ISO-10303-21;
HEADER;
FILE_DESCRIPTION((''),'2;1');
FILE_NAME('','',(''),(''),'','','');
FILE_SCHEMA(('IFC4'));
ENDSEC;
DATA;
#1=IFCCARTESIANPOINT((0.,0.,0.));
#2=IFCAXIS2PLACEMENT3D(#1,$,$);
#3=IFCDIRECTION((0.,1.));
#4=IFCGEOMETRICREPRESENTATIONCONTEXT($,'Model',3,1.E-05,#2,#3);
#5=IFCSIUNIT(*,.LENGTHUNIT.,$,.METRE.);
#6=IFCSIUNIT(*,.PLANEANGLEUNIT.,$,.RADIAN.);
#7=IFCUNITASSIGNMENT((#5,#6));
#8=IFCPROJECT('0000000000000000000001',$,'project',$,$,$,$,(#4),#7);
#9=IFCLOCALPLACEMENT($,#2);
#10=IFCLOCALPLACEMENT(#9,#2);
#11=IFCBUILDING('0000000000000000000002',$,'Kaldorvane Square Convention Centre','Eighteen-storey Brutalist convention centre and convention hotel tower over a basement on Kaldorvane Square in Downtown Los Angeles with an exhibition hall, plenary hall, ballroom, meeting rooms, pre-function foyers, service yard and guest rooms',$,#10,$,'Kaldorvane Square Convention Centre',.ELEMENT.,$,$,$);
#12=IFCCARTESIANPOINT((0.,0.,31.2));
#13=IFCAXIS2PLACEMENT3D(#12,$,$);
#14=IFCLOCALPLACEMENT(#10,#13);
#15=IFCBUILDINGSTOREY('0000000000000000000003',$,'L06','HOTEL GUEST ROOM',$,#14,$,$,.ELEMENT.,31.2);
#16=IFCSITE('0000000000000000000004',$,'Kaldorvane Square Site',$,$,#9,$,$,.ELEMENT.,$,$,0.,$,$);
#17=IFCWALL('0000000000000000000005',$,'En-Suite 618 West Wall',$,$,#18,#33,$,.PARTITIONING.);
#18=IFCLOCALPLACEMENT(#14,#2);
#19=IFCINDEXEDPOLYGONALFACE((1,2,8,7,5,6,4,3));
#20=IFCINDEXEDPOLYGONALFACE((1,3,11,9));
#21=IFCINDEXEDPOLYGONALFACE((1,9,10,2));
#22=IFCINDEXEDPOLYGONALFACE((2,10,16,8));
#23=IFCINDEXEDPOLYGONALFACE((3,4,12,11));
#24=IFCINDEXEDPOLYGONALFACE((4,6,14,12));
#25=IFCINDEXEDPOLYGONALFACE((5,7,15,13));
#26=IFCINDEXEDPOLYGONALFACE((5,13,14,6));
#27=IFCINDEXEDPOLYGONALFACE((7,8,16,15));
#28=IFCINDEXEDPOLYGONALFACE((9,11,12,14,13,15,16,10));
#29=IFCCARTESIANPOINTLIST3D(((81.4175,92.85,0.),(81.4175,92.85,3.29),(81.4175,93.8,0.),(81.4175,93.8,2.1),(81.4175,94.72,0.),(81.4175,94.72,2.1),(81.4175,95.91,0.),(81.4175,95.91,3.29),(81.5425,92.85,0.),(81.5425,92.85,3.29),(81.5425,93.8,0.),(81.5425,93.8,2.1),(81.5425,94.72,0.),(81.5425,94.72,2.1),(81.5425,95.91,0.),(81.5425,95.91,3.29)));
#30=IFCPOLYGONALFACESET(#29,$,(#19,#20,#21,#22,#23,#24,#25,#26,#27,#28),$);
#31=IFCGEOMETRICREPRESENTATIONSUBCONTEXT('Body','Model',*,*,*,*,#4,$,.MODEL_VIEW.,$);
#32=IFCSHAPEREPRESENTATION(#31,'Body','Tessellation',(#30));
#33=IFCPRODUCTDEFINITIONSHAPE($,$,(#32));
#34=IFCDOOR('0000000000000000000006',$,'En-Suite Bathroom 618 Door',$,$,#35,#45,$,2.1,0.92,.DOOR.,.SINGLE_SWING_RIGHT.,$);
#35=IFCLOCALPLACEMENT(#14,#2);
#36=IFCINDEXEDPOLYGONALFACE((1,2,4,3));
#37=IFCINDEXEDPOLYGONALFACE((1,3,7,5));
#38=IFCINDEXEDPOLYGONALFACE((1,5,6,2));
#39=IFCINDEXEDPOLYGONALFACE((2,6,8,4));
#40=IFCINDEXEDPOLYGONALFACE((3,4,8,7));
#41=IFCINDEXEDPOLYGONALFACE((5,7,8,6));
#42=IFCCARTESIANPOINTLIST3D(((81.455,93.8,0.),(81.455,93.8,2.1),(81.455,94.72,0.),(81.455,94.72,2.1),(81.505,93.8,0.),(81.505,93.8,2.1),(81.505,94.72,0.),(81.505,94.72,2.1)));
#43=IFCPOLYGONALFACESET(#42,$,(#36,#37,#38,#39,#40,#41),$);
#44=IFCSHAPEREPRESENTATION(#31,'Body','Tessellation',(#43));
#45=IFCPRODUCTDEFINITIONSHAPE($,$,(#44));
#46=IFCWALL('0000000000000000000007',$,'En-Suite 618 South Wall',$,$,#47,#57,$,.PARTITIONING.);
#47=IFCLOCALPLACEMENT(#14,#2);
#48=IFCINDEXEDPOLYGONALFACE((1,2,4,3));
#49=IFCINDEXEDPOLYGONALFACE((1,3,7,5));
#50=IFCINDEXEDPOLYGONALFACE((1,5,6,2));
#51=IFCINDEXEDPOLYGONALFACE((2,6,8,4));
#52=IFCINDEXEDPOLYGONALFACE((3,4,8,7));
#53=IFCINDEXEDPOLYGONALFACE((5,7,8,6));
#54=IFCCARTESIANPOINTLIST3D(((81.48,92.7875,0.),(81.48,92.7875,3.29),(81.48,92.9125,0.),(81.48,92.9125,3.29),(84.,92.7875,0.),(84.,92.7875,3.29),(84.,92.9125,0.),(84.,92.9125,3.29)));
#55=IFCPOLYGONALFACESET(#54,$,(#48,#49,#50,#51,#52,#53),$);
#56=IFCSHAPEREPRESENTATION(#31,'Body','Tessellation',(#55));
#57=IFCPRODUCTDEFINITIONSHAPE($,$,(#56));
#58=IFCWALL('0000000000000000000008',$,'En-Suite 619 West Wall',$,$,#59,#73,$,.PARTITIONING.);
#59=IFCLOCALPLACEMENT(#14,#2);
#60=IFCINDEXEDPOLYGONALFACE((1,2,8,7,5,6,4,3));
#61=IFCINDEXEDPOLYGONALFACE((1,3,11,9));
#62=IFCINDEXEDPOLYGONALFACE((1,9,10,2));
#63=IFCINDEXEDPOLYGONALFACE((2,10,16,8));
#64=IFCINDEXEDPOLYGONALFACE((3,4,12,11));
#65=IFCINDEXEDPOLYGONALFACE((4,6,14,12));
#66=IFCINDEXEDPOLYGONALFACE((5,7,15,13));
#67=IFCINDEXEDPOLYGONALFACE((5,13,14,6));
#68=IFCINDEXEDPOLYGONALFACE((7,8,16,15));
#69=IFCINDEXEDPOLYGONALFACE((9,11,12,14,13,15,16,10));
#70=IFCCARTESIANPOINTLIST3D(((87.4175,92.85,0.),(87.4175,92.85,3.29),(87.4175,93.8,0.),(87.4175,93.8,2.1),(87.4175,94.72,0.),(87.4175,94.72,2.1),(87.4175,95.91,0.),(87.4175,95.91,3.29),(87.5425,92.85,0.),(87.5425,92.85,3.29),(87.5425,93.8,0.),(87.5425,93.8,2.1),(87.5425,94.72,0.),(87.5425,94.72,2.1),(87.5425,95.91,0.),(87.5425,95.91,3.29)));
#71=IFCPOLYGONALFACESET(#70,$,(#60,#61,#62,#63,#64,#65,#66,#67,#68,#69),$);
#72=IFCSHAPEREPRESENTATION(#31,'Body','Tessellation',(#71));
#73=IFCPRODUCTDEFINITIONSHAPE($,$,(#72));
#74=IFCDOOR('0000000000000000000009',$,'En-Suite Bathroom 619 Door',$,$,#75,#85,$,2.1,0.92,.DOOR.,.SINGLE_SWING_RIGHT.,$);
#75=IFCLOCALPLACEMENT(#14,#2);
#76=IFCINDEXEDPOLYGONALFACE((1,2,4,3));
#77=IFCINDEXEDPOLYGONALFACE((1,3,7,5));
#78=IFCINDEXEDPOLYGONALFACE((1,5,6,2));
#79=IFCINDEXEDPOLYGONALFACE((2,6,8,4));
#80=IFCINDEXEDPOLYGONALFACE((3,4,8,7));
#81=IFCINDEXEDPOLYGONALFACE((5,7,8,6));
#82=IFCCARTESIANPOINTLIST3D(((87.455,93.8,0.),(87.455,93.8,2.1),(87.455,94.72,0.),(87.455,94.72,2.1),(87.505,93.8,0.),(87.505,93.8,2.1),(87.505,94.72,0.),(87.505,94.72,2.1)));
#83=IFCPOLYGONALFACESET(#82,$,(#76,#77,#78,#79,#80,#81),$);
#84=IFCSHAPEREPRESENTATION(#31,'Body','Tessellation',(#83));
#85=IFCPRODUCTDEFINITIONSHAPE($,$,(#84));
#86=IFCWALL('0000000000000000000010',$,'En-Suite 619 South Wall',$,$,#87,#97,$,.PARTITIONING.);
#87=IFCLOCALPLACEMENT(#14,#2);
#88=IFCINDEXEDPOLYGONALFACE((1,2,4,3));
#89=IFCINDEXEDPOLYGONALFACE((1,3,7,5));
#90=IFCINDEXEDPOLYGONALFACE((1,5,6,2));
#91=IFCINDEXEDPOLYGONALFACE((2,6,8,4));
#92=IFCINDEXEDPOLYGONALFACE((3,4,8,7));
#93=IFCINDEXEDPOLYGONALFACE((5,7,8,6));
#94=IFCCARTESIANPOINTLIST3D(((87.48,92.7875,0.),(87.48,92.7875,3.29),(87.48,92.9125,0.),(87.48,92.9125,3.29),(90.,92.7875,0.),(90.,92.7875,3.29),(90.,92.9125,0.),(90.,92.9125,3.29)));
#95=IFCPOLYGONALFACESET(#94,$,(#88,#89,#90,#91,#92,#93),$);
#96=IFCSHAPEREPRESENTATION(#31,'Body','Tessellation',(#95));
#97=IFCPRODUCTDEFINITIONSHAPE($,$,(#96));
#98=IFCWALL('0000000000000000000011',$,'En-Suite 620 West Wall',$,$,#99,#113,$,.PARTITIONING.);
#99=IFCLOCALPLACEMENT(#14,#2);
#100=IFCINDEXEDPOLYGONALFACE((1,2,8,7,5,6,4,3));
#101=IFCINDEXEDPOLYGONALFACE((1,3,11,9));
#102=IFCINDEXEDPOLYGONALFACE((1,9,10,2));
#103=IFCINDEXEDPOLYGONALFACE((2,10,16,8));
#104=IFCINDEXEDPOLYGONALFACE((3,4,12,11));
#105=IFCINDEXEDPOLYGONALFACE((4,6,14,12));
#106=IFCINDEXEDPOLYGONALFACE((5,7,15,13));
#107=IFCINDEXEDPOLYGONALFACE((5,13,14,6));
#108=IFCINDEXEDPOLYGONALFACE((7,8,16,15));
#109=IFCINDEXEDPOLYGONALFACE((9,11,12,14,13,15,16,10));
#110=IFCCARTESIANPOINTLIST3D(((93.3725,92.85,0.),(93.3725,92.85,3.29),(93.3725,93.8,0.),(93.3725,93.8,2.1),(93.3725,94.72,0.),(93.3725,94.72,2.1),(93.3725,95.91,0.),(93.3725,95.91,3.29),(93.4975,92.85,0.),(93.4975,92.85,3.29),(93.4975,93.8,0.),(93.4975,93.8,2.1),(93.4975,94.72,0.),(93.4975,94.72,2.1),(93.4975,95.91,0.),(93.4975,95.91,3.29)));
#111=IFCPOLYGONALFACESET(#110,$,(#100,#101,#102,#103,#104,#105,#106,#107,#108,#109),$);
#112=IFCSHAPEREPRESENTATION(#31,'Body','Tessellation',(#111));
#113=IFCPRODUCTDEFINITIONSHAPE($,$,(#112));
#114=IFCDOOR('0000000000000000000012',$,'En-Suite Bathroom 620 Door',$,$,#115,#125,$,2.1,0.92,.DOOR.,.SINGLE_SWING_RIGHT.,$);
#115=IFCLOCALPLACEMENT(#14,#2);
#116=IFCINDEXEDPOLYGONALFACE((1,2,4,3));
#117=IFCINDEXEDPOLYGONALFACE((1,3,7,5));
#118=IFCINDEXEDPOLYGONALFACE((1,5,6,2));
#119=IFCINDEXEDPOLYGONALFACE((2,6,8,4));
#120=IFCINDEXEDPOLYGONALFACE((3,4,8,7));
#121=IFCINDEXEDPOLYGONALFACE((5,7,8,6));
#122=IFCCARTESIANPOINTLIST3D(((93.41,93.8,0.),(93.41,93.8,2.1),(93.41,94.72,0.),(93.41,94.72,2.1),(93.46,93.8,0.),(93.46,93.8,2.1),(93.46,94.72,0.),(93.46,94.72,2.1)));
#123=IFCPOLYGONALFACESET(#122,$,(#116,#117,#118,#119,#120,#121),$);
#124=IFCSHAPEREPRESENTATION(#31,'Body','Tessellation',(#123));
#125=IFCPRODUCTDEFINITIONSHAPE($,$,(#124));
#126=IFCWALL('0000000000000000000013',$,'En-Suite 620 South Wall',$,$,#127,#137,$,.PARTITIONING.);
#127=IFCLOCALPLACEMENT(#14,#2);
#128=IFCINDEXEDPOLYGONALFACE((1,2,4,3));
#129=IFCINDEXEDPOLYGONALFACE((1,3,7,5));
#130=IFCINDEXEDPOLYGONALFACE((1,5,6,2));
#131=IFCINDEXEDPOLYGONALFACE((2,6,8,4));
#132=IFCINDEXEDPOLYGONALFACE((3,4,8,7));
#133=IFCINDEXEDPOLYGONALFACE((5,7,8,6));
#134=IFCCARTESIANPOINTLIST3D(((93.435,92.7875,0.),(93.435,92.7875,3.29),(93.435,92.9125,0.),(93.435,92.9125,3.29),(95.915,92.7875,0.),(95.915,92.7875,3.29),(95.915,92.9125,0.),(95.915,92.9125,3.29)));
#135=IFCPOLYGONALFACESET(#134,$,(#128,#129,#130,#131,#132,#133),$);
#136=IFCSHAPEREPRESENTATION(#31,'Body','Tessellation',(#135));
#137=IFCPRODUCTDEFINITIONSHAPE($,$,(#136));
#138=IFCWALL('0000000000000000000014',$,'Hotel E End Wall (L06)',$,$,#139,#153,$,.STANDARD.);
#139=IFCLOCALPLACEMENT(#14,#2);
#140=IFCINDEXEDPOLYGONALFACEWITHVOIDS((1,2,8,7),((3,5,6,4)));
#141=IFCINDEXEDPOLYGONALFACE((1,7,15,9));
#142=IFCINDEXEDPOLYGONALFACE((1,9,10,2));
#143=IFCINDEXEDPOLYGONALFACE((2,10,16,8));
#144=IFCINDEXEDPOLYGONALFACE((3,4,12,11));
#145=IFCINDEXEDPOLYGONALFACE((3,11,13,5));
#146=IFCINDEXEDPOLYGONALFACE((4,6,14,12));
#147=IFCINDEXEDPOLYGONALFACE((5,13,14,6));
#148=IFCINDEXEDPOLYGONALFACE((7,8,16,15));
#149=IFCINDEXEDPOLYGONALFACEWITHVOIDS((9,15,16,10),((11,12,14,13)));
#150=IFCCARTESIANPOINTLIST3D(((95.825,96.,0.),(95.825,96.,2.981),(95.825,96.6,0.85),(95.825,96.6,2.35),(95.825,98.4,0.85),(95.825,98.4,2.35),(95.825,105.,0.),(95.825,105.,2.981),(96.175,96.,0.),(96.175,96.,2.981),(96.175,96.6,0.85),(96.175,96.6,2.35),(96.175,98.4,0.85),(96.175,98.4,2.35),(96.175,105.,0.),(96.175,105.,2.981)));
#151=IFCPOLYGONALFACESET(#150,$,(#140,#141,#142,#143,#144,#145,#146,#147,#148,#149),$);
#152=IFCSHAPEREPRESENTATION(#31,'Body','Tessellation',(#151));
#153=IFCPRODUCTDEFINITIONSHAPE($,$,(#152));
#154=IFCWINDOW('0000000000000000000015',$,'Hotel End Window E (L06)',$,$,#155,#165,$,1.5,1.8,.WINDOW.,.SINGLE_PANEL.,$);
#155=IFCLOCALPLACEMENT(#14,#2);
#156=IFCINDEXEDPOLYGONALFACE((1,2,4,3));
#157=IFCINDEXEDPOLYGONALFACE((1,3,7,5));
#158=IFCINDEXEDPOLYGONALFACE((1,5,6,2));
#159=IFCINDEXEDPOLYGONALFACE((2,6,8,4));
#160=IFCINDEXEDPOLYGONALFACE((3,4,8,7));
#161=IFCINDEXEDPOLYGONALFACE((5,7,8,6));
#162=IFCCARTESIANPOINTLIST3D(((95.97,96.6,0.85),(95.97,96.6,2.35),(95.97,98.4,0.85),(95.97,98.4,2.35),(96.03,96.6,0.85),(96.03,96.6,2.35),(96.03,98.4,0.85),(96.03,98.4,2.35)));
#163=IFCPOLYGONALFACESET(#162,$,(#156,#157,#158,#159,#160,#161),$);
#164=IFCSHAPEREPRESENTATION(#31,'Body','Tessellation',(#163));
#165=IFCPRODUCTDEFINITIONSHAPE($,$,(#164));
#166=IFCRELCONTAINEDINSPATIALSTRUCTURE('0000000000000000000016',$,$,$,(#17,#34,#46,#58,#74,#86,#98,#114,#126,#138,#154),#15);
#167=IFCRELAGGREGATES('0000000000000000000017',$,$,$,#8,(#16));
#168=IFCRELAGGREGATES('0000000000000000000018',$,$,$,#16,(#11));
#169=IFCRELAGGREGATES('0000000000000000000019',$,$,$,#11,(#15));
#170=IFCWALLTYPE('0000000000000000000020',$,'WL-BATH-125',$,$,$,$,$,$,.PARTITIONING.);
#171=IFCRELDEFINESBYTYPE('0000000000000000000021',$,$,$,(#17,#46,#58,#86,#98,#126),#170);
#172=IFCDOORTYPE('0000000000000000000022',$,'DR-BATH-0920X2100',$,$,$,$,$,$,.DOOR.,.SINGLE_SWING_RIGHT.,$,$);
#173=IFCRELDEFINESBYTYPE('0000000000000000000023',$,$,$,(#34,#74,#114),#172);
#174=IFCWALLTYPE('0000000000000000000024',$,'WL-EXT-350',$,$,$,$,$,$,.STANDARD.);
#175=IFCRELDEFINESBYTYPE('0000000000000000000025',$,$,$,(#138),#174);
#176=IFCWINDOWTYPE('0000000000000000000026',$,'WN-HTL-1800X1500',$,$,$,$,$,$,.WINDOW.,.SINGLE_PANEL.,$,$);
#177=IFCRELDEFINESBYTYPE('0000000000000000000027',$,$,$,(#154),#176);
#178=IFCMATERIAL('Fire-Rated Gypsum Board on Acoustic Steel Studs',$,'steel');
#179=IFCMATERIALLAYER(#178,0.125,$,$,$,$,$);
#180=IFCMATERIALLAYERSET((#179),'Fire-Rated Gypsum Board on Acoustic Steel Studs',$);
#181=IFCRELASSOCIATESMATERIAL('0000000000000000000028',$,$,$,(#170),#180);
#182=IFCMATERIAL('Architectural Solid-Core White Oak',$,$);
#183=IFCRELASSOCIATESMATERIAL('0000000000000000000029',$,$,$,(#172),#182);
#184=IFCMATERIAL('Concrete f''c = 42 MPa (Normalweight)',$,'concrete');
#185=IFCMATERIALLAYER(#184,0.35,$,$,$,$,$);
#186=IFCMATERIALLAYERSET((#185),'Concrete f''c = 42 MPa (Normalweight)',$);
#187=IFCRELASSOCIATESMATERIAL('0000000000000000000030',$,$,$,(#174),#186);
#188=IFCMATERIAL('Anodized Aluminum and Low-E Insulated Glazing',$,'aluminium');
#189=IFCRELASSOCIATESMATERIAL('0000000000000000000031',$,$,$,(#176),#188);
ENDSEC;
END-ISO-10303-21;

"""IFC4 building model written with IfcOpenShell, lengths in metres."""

from ifc_helpers import new_model, si_unit, direction, frame, frame_2d, origin, place, context, subcontext, project, spatial, rectangle, extrude, material, layer, layer_set, type_object, element, fill, save


model = new_model("IFC4")

# Units and contexts
model_context = context("Model", 3, precision=1e-05, world=origin(), true_north=direction((0.0, 1.0)))
body_context = subcontext(model_context, "Body", "Model", "MODEL_VIEW")
ifc_project = project(units=[si_unit("LENGTHUNIT", "METRE"), si_unit("PLANEANGLEUNIT", "RADIAN")], contexts=[model_context])

# Site, building, storey
site_placement = place(None, origin())
site = spatial("IfcSite", under=ifc_project, at=site_placement, Name="Kaldorvane Square Site", CompositionType="ELEMENT", RefElevation=0.0)
building_placement = place(site_placement, origin())
building = spatial("IfcBuilding", under=site, at=building_placement, Name="Kaldorvane Square Convention Centre", Description="Eighteen-storey Brutalist convention centre and convention hotel tower over a basement on Kaldorvane Square in Downtown Los Angeles with an exhibition hall, plenary hall, ballroom, meeting rooms, pre-function foyers, service yard and guest rooms", LongName="Kaldorvane Square Convention Centre", CompositionType="ELEMENT")
storey_placement = place(building_placement, frame((0.0, 0.0, 31.2)))
storey = spatial("IfcBuildingStorey", under=building, at=storey_placement, Name="L06", Description="HOTEL GUEST ROOM", CompositionType="ELEMENT", Elevation=31.2)

# Shared definitions
ifc_material_1 = material(Name="Anodized Aluminum and Low-E Insulated Glazing", Category="aluminium")

# Wall, opening, door
ifc_material_2 = material(Name="Fire-Rated Gypsum Board on Acoustic Steel Studs", Category="steel")
ifc_layer_1 = layer(ifc_material_2, 0.125)
ifc_layer_set_1 = layer_set([ifc_layer_1], Name="Fire-Rated Gypsum Board on Acoustic Steel Studs")
wall_type_1 = type_object("IfcWallType", Name="WL-BATH-125", PredefinedType="PARTITIONING", material=ifc_layer_set_1)
wall_1_placement = place(storey_placement, frame((81.48, 92.85, 0.0), z_axis=(0.0, 0.0, 1.0), x_axis=(0.0, 1.0, 0.0)))
wall_1 = element("IfcWall", 1, at=wall_1_placement, inside=storey, type_object=wall_type_1, Name="En-Suite 618 West Wall", PredefinedType="PARTITIONING", context=body_context, shape_type="SweptSolid", body=[
    extrude(rectangle(XDim=3.06, YDim=0.125, at=frame_2d((1.53, 0.0))), origin(), (0.0, 0.0, 1.0), 3.29),
])
opening_1_placement = place(wall_1_placement, frame((0.95, 0.0, 0.0)))
opening_1 = element("IfcOpeningElement", 2, at=opening_1_placement, cuts=wall_1, PredefinedType="OPENING", context=body_context, shape_type="SweptSolid", body=[
    extrude(rectangle(XDim=0.92, YDim=2.1, at=frame_2d((0.46, 1.05))), frame((0.0, 0.0775, 0.0), z_axis=(0.0, -1.0, 0.0), x_axis=(1.0, 0.0, 0.0)), (0.0, 0.0, 1.0), 0.155),
])
ifc_material_3 = material(Name="Architectural Solid-Core White Oak")
door_type_1 = type_object("IfcDoorType", Name="DR-BATH-0920X2100", OperationType="SINGLE_SWING_RIGHT", PredefinedType="DOOR", material=ifc_material_3)
door_1_placement = place(opening_1_placement, origin())
door_1 = element("IfcDoor", 3, at=door_1_placement, inside=storey, type_object=door_type_1, Name="En-Suite Bathroom 618 Door", OperationType="SINGLE_SWING_RIGHT", OverallHeight=2.1, OverallWidth=0.92, PredefinedType="DOOR", context=body_context, shape_type="SweptSolid", body=[
    extrude(rectangle(XDim=0.92, YDim=2.1, at=frame_2d((0.46, 1.05))), frame((0.0, 0.025, 0.0), z_axis=(0.0, -1.0, 0.0), x_axis=(1.0, 0.0, 0.0)), (0.0, 0.0, 1.0), 0.05),
])
fill(opening_1, door_1)

# Wall
wall_2_placement = place(storey_placement, frame((81.48, 92.85, 0.0), z_axis=(0.0, 0.0, 1.0), x_axis=(1.0, 0.0, 0.0)))
element("IfcWall", 4, at=wall_2_placement, inside=storey, type_object=wall_type_1, Name="En-Suite 618 South Wall", PredefinedType="PARTITIONING", context=body_context, shape_type="SweptSolid", body=[
    extrude(rectangle(XDim=2.52, YDim=0.125, at=frame_2d((1.26, 0.0))), origin(), (0.0, 0.0, 1.0), 3.29),
])

# Wall, opening, door
wall_3_placement = place(storey_placement, frame((87.48, 92.85, 0.0), z_axis=(0.0, 0.0, 1.0), x_axis=(0.0, 1.0, 0.0)))
wall_3 = element("IfcWall", 5, at=wall_3_placement, inside=storey, type_object=wall_type_1, Name="En-Suite 619 West Wall", PredefinedType="PARTITIONING", context=body_context, shape_type="SweptSolid", body=[
    extrude(rectangle(XDim=3.06, YDim=0.125, at=frame_2d((1.53, 0.0))), origin(), (0.0, 0.0, 1.0), 3.29),
])
opening_2_placement = place(wall_3_placement, frame((0.95, 0.0, 0.0)))
opening_2 = element("IfcOpeningElement", 6, at=opening_2_placement, cuts=wall_3, PredefinedType="OPENING", context=body_context, shape_type="SweptSolid", body=[
    extrude(rectangle(XDim=0.92, YDim=2.1, at=frame_2d((0.46, 1.05))), frame((0.0, 0.0775, 0.0), z_axis=(0.0, -1.0, 0.0), x_axis=(1.0, 0.0, 0.0)), (0.0, 0.0, 1.0), 0.155),
])
door_2_placement = place(opening_2_placement, origin())
door_2 = element("IfcDoor", 7, at=door_2_placement, inside=storey, type_object=door_type_1, Name="En-Suite Bathroom 619 Door", OperationType="SINGLE_SWING_RIGHT", OverallHeight=2.1, OverallWidth=0.92, PredefinedType="DOOR", context=body_context, shape_type="SweptSolid", body=[
    extrude(rectangle(XDim=0.92, YDim=2.1, at=frame_2d((0.46, 1.05))), frame((0.0, 0.025, 0.0), z_axis=(0.0, -1.0, 0.0), x_axis=(1.0, 0.0, 0.0)), (0.0, 0.0, 1.0), 0.05),
])
fill(opening_2, door_2)

# Wall
wall_4_placement = place(storey_placement, frame((87.48, 92.85, 0.0), z_axis=(0.0, 0.0, 1.0), x_axis=(1.0, 0.0, 0.0)))
element("IfcWall", 8, at=wall_4_placement, inside=storey, type_object=wall_type_1, Name="En-Suite 619 South Wall", PredefinedType="PARTITIONING", context=body_context, shape_type="SweptSolid", body=[
    extrude(rectangle(XDim=2.52, YDim=0.125, at=frame_2d((1.26, 0.0))), origin(), (0.0, 0.0, 1.0), 3.29),
])

# Wall, opening, door
wall_5_placement = place(storey_placement, frame((93.435, 92.85, 0.0), z_axis=(0.0, 0.0, 1.0), x_axis=(0.0, 1.0, 0.0)))
wall_5 = element("IfcWall", 9, at=wall_5_placement, inside=storey, type_object=wall_type_1, Name="En-Suite 620 West Wall", PredefinedType="PARTITIONING", context=body_context, shape_type="SweptSolid", body=[
    extrude(rectangle(XDim=3.06, YDim=0.125, at=frame_2d((1.53, 0.0))), origin(), (0.0, 0.0, 1.0), 3.29),
])
opening_3_placement = place(wall_5_placement, frame((0.95, 0.0, 0.0)))
opening_3 = element("IfcOpeningElement", 10, at=opening_3_placement, cuts=wall_5, PredefinedType="OPENING", context=body_context, shape_type="SweptSolid", body=[
    extrude(rectangle(XDim=0.92, YDim=2.1, at=frame_2d((0.46, 1.05))), frame((0.0, 0.0775, 0.0), z_axis=(0.0, -1.0, 0.0), x_axis=(1.0, 0.0, 0.0)), (0.0, 0.0, 1.0), 0.155),
])
door_3_placement = place(opening_3_placement, origin())
door_3 = element("IfcDoor", 11, at=door_3_placement, inside=storey, type_object=door_type_1, Name="En-Suite Bathroom 620 Door", OperationType="SINGLE_SWING_RIGHT", OverallHeight=2.1, OverallWidth=0.92, PredefinedType="DOOR", context=body_context, shape_type="SweptSolid", body=[
    extrude(rectangle(XDim=0.92, YDim=2.1, at=frame_2d((0.46, 1.05))), frame((0.0, 0.025, 0.0), z_axis=(0.0, -1.0, 0.0), x_axis=(1.0, 0.0, 0.0)), (0.0, 0.0, 1.0), 0.05),
])
fill(opening_3, door_3)

# Wall
wall_6_placement = place(storey_placement, frame((93.435, 92.85, 0.0), z_axis=(0.0, 0.0, 1.0), x_axis=(1.0, 0.0, 0.0)))
element("IfcWall", 12, at=wall_6_placement, inside=storey, type_object=wall_type_1, Name="En-Suite 620 South Wall", PredefinedType="PARTITIONING", context=body_context, shape_type="SweptSolid", body=[
    extrude(rectangle(XDim=2.48, YDim=0.125, at=frame_2d((1.24, 0.0))), origin(), (0.0, 0.0, 1.0), 3.29),
])

# Wall, opening, window
ifc_material_4 = material(Name="Concrete f'c = 42 MPa (Normalweight)", Category="concrete")
ifc_layer_2 = layer(ifc_material_4, 0.35)
ifc_layer_set_2 = layer_set([ifc_layer_2], Name="Concrete f'c = 42 MPa (Normalweight)")
wall_type_2 = type_object("IfcWallType", Name="WL-EXT-350", PredefinedType="STANDARD", material=ifc_layer_set_2)
wall_7_placement = place(storey_placement, frame((96.0, 96.0, 0.0), z_axis=(0.0, 0.0, 1.0), x_axis=(0.0, 1.0, 0.0)))
wall_7 = element("IfcWall", 13, at=wall_7_placement, inside=storey, type_object=wall_type_2, Name="Hotel E End Wall (L06)", PredefinedType="STANDARD", context=body_context, shape_type="SweptSolid", body=[
    extrude(rectangle(XDim=9.0, YDim=0.35, at=frame_2d((4.5, 0.0))), origin(), (0.0, 0.0, 1.0), 2.981),
])
opening_4_placement = place(wall_7_placement, frame((0.6, 0.0, 0.85)))
opening_4 = element("IfcOpeningElement", 14, at=opening_4_placement, cuts=wall_7, PredefinedType="OPENING", context=body_context, shape_type="SweptSolid", body=[
    extrude(rectangle(XDim=1.8, YDim=1.5, at=frame_2d((0.9, 0.75))), frame((0.0, 0.19, 0.0), z_axis=(0.0, -1.0, 0.0), x_axis=(1.0, 0.0, 0.0)), (0.0, 0.0, 1.0), 0.38),
])
window_type = type_object("IfcWindowType", Name="WN-HTL-1800X1500", PartitioningType="SINGLE_PANEL", PredefinedType="WINDOW", material=ifc_material_1)
window_placement = place(opening_4_placement, origin())
window = element("IfcWindow", 15, at=window_placement, inside=storey, type_object=window_type, Name="Hotel End Window E (L06)", OverallHeight=1.5, OverallWidth=1.8, PartitioningType="SINGLE_PANEL", PredefinedType="WINDOW", context=body_context, shape_type="SweptSolid", body=[
    extrude(rectangle(XDim=1.8, YDim=1.5, at=frame_2d((0.9, 0.75))), frame((0.0, 0.03, 0.0), z_axis=(0.0, -1.0, 0.0), x_axis=(1.0, 0.0, 0.0)), (0.0, 0.0, 1.0), 0.06),
])
fill(opening_4, window)

save(model, "model.ifc")
